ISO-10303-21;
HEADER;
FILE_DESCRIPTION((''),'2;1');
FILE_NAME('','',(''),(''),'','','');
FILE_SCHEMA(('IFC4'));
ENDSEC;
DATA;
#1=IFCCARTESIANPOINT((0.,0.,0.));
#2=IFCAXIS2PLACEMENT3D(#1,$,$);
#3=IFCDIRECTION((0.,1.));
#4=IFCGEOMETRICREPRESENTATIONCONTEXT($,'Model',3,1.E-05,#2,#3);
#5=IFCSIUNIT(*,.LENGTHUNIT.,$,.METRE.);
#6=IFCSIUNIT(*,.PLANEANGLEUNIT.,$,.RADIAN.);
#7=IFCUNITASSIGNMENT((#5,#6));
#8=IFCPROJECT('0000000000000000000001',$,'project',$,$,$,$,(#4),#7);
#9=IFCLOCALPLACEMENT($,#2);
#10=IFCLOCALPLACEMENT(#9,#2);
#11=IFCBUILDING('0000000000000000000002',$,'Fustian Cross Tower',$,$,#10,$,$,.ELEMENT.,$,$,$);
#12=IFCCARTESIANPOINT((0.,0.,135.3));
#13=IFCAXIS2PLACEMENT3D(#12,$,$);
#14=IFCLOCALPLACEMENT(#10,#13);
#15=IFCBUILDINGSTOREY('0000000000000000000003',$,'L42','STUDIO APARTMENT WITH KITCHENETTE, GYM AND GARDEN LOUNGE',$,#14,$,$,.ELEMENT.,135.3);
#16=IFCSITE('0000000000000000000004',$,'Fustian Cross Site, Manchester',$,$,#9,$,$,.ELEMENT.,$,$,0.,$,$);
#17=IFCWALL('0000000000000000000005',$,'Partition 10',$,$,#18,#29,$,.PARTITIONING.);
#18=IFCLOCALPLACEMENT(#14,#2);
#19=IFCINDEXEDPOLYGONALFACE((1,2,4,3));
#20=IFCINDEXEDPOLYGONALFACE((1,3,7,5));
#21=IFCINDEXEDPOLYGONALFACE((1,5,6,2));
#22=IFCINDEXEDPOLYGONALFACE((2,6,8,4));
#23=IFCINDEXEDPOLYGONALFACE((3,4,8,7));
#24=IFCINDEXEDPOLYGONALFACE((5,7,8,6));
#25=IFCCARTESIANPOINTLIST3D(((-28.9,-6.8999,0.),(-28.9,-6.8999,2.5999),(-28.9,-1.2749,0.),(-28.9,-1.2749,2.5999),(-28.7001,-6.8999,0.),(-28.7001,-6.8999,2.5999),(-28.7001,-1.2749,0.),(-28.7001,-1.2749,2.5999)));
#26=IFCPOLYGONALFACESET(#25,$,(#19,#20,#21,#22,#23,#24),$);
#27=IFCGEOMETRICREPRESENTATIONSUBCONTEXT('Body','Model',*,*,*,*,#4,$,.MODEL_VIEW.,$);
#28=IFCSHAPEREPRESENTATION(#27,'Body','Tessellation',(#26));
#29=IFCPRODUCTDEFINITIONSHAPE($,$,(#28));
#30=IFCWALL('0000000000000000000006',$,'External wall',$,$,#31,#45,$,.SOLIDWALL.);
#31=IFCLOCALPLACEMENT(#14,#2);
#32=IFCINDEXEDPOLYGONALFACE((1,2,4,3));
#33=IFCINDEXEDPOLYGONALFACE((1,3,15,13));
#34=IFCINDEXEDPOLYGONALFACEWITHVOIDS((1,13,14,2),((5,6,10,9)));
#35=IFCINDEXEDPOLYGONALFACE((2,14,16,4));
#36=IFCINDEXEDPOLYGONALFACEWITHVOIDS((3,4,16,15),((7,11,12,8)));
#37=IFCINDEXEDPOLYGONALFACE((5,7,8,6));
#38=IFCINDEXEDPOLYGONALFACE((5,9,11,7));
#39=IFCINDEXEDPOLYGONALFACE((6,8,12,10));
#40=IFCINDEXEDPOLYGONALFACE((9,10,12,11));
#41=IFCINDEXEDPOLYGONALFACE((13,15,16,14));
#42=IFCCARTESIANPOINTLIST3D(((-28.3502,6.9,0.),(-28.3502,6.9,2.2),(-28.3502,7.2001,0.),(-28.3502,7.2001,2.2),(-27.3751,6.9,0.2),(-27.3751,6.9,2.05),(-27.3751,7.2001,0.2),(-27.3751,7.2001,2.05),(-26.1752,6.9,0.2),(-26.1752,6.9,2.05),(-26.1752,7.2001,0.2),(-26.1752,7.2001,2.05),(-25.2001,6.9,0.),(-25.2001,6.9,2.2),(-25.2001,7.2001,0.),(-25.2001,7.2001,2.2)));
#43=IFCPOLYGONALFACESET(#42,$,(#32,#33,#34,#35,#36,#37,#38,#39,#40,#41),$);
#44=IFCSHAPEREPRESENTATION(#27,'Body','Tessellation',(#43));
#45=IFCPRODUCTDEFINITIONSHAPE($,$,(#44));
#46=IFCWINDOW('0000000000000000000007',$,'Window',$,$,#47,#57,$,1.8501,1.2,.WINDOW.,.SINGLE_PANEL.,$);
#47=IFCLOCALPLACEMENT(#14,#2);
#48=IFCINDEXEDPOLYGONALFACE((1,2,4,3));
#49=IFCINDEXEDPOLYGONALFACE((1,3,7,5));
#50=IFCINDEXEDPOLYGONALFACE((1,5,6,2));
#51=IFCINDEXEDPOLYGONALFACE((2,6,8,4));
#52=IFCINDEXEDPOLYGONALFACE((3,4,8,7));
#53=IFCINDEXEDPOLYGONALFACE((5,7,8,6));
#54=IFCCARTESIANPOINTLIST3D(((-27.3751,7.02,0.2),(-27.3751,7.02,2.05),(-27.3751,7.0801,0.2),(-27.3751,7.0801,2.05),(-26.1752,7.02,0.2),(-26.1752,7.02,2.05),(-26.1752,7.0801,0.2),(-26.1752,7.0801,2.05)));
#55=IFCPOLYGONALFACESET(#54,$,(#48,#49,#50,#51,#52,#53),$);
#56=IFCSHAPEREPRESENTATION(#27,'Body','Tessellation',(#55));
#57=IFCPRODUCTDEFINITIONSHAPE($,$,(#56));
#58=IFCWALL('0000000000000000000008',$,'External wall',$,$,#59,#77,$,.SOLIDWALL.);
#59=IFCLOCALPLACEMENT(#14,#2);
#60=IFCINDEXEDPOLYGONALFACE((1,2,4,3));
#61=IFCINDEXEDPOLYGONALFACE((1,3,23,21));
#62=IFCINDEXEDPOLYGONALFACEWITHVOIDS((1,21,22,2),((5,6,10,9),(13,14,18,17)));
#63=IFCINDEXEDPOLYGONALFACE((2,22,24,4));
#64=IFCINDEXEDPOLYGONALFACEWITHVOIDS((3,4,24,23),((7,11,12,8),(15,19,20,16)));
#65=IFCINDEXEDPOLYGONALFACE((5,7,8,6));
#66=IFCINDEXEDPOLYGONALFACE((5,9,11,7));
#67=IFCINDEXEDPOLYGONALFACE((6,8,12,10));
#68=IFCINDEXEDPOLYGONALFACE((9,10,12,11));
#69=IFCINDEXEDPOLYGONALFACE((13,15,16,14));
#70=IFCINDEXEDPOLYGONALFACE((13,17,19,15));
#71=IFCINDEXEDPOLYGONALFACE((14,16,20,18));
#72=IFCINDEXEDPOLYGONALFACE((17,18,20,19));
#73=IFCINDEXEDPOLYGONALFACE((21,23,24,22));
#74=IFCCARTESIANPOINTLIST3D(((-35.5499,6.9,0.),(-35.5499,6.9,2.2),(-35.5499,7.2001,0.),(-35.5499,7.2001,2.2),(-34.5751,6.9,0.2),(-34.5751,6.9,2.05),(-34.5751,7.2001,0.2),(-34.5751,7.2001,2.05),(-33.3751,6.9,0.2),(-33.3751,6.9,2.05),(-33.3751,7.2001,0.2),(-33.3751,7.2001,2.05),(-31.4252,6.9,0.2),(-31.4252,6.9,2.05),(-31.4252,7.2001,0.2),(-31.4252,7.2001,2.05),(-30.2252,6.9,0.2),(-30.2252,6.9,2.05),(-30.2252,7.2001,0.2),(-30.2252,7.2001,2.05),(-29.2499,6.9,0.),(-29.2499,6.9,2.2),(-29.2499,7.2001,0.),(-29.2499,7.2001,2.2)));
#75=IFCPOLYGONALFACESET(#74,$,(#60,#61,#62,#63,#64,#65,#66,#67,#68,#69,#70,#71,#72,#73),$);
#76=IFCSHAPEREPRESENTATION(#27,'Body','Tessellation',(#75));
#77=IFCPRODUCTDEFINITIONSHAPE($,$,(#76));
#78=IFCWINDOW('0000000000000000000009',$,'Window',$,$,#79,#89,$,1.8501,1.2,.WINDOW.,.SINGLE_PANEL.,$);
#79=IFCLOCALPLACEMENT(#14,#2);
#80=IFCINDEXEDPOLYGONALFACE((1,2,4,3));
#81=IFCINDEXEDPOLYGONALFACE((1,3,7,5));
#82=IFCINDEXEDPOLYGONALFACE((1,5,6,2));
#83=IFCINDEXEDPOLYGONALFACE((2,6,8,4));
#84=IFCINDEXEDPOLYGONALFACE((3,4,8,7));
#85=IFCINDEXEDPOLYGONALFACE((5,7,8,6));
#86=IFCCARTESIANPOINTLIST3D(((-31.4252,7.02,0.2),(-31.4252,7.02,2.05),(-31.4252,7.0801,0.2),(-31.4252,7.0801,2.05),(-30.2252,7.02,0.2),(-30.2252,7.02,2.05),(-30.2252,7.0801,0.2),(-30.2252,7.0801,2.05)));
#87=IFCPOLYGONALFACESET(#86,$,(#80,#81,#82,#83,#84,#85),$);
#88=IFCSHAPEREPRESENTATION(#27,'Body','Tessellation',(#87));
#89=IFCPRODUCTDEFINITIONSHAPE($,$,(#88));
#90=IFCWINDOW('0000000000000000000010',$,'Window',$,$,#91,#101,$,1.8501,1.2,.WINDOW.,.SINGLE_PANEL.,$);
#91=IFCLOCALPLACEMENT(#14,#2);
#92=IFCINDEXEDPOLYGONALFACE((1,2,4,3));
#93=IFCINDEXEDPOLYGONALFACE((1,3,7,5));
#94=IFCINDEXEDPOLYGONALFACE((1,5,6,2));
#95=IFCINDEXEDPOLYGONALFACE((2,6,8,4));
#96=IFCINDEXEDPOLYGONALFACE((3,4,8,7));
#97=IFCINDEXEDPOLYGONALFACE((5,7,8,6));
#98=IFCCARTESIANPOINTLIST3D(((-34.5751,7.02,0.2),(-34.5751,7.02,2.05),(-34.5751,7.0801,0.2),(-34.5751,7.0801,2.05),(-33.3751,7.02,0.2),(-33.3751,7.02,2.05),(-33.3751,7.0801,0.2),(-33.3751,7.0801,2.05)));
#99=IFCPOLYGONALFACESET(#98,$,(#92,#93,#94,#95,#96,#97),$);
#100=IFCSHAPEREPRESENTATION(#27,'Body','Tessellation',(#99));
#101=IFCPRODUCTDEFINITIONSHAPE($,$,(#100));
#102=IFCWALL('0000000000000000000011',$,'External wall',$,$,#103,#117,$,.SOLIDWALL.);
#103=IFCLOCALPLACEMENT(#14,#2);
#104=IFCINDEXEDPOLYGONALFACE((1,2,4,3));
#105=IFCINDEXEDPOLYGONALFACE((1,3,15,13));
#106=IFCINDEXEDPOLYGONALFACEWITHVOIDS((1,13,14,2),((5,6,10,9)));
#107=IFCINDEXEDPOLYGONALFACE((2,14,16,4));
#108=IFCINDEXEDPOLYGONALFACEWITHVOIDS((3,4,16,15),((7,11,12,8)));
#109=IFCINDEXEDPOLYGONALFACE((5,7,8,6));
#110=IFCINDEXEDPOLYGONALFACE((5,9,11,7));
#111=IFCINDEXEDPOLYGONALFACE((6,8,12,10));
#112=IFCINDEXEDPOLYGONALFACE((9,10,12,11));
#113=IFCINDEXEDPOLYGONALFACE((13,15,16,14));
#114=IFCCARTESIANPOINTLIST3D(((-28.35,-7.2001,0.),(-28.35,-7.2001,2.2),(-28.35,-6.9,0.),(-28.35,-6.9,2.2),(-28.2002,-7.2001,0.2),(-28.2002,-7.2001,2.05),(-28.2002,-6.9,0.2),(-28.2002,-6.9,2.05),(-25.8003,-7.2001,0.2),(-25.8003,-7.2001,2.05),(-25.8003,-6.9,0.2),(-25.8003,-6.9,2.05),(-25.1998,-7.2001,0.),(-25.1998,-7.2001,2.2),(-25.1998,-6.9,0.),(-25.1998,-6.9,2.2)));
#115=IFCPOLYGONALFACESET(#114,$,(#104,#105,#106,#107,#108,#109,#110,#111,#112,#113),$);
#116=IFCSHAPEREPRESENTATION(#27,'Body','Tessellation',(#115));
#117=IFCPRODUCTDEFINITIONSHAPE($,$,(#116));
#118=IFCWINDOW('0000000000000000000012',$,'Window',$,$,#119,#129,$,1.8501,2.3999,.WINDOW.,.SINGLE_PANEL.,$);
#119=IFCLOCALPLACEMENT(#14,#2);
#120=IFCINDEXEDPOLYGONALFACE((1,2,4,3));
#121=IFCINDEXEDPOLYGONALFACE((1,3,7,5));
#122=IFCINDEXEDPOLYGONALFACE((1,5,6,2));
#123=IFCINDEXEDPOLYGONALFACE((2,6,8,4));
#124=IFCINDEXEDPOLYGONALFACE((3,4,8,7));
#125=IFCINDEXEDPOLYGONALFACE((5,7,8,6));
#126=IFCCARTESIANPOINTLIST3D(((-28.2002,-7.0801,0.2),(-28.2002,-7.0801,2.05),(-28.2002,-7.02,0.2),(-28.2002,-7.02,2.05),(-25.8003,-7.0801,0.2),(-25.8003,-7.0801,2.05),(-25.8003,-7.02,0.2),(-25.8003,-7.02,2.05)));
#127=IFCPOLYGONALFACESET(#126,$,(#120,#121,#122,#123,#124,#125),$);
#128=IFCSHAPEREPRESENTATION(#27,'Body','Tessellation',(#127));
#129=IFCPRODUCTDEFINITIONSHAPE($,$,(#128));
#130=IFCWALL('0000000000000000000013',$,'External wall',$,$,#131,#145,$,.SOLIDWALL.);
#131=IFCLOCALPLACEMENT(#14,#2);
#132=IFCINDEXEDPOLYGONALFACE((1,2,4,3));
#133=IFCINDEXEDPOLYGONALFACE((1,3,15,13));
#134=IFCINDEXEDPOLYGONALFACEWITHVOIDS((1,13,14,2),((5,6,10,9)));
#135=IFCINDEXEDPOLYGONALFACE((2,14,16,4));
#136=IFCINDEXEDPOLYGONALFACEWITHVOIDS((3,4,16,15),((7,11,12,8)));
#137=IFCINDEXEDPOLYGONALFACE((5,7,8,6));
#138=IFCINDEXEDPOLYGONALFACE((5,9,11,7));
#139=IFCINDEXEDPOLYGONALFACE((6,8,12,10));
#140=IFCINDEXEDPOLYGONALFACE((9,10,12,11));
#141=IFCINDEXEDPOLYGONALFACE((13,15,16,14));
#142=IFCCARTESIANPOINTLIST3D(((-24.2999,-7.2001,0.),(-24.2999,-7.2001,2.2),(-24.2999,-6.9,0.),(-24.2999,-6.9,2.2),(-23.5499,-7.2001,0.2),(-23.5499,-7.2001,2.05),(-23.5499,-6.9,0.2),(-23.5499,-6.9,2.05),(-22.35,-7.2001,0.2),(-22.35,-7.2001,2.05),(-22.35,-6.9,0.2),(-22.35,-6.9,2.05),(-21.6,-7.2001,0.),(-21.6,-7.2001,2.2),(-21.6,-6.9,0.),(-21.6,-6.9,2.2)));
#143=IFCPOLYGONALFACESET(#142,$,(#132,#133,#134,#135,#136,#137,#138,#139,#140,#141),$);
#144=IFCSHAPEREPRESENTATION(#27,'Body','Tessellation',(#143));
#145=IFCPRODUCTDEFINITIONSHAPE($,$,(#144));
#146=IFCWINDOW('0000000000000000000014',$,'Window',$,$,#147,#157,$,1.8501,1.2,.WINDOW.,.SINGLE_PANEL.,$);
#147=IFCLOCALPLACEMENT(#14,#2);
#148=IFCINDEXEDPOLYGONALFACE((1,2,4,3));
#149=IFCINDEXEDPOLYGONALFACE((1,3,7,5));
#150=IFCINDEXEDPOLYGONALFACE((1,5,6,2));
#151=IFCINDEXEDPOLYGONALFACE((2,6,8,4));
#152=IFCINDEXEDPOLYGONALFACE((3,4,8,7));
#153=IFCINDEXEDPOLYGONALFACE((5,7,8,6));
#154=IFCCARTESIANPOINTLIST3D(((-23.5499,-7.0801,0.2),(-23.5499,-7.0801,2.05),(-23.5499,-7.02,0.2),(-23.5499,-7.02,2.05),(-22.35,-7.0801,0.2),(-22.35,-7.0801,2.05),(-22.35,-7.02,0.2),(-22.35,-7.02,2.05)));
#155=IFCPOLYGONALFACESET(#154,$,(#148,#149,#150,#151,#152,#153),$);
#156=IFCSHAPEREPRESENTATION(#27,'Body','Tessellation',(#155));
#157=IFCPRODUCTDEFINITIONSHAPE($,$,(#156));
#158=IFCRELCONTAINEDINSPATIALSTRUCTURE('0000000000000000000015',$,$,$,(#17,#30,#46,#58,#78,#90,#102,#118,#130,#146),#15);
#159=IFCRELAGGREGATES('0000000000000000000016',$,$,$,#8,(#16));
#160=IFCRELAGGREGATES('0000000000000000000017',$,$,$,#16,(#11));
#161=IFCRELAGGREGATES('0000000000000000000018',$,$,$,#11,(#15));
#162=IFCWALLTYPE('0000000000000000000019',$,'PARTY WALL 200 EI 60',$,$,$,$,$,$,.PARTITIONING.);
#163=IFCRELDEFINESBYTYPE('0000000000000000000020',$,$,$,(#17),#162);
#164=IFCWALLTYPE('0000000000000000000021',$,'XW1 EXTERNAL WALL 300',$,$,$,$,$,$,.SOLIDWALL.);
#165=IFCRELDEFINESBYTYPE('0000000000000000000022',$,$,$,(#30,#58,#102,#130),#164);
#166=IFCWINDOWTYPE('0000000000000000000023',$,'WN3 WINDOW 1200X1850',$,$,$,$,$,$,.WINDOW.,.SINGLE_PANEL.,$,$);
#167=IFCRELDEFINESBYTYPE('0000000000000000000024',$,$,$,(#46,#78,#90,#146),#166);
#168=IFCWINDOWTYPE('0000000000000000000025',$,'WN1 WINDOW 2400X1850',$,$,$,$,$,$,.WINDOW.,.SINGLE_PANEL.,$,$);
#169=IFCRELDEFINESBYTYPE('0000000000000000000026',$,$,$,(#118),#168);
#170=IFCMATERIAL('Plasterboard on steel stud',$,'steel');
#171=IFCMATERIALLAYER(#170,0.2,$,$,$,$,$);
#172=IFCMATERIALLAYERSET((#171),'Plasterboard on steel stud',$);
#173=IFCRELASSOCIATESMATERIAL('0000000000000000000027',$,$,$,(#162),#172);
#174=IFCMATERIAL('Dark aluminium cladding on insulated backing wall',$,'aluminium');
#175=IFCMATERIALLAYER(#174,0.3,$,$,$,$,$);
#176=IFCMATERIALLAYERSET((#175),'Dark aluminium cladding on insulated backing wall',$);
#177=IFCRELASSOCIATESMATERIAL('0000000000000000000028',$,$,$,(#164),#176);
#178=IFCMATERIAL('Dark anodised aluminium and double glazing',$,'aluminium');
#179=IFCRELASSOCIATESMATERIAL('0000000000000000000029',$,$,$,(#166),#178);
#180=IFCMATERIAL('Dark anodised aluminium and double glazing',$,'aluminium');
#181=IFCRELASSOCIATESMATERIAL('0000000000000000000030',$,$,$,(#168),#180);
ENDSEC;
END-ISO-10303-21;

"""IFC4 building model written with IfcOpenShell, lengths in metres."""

from ifc_helpers import new_model, si_unit, direction, frame, frame_2d, origin, place, context, subcontext, project, spatial, rectangle, extrude, material, layer, layer_set, type_object, element, fill, save


model = new_model("IFC4")

# Units and contexts
model_context = context("Model", 3, precision=1e-05, world=origin(), true_north=direction((0.0, 1.0)))
body_context = subcontext(model_context, "Body", "Model", "MODEL_VIEW")
ifc_project = project(units=[si_unit("LENGTHUNIT", "METRE"), si_unit("PLANEANGLEUNIT", "RADIAN")], contexts=[model_context])

# Site, building, storey
site_placement = place(None, origin())
site = spatial("IfcSite", under=ifc_project, at=site_placement, Name="Fustian Cross Site, Manchester", CompositionType="ELEMENT", RefElevation=0.0)
building_placement = place(site_placement, origin())
building = spatial("IfcBuilding", under=site, at=building_placement, Name="Fustian Cross Tower", CompositionType="ELEMENT")
storey_placement = place(building_placement, frame((0.0, 0.0, 135.3)))
storey = spatial("IfcBuildingStorey", under=building, at=storey_placement, Name="L42", Description="STUDIO APARTMENT WITH KITCHENETTE, GYM AND GARDEN LOUNGE", CompositionType="ELEMENT", Elevation=135.3)

# Wall
ifc_material_1 = material(Name="Plasterboard on steel stud", Category="steel")
ifc_layer_1 = layer(ifc_material_1, 0.2)
ifc_layer_set_1 = layer_set([ifc_layer_1], Name="Plasterboard on steel stud")
wall_type_1 = type_object("IfcWallType", Name="PARTY WALL 200 EI 60", PredefinedType="PARTITIONING", material=ifc_layer_set_1)
wall_1_placement = place(storey_placement, frame((-28.8, -6.8999, 0.0), z_axis=(0.0, 0.0, 1.0), x_axis=(0.0, 1.0, 0.0)))
element("IfcWall", 1, at=wall_1_placement, inside=storey, type_object=wall_type_1, Name="Partition 10", PredefinedType="PARTITIONING", context=body_context, shape_type="SweptSolid", body=[
    extrude(rectangle(XDim=5.625, YDim=0.2, at=frame_2d((2.8125, 0.0))), origin(), (0.0, 0.0, 1.0), 2.5999),
])

# Wall, opening, window
ifc_material_2 = material(Name="Dark aluminium cladding on insulated backing wall", Category="aluminium")
ifc_layer_2 = layer(ifc_material_2, 0.3)
ifc_layer_set_2 = layer_set([ifc_layer_2], Name="Dark aluminium cladding on insulated backing wall")
wall_type_2 = type_object("IfcWallType", Name="XW1 EXTERNAL WALL 300", PredefinedType="SOLIDWALL", material=ifc_layer_set_2)
wall_2_placement = place(storey_placement, frame((-25.2, 7.05, 0.0), z_axis=(0.0, 0.0, 1.0), x_axis=(-1.0, 0.0, 0.0)))
wall_2 = element("IfcWall", 2, at=wall_2_placement, inside=storey, type_object=wall_type_2, Name="External wall", PredefinedType="SOLIDWALL", context=body_context, shape_type="SweptSolid", body=[
    extrude(rectangle(XDim=3.1501, YDim=0.3, at=frame_2d((1.5752, 0.0))), origin(), (0.0, 0.0, 1.0), 2.2),
])
opening_1_placement = place(wall_2_placement, frame((0.9751, 0.0, 0.2)))
opening_1 = element("IfcOpeningElement", 3, at=opening_1_placement, cuts=wall_2, PredefinedType="OPENING", context=body_context, shape_type="SweptSolid", body=[
    extrude(rectangle(XDim=1.2, YDim=1.8501, at=frame_2d((0.6001, 0.925))), frame((0.0, 0.1599, 0.0), z_axis=(0.0, -1.0, 0.0), x_axis=(1.0, 0.0, 0.0)), (0.0, 0.0, 1.0), 0.3201),
])
ifc_material_3 = material(Name="Dark anodised aluminium and double glazing", Category="aluminium")
window_type_1 = type_object("IfcWindowType", Name="WN3 WINDOW 1200X1850", PartitioningType="SINGLE_PANEL", PredefinedType="WINDOW", material=ifc_material_3)
window_1_placement = place(opening_1_placement, origin())
window_1 = element("IfcWindow", 4, at=window_1_placement, inside=storey, type_object=window_type_1, Name="Window", OverallHeight=1.8501, OverallWidth=1.2, PartitioningType="SINGLE_PANEL", PredefinedType="WINDOW", context=body_context, shape_type="SweptSolid", body=[
    extrude(rectangle(XDim=1.2, YDim=1.8501, at=frame_2d((0.6001, 0.925))), frame((0.0, 0.03, 0.0), z_axis=(0.0, -1.0, 0.0), x_axis=(1.0, 0.0, 0.0)), (0.0, 0.0, 1.0), 0.0601),
])
fill(opening_1, window_1)

# Wall, openings, windows
wall_3_placement = place(storey_placement, frame((-29.25, 7.05, 0.0), z_axis=(0.0, 0.0, 1.0), x_axis=(-1.0, 0.0, 0.0)))
wall_3 = element("IfcWall", 5, at=wall_3_placement, inside=storey, type_object=wall_type_2, Name="External wall", PredefinedType="SOLIDWALL", context=body_context, shape_type="SweptSolid", body=[
    extrude(rectangle(XDim=6.3, YDim=0.3, at=frame_2d((3.1499, 0.0))), origin(), (0.0, 0.0, 1.0), 2.2),
])
opening_2_placement = place(wall_3_placement, frame((0.9751, 0.0, 0.2)))
opening_2 = element("IfcOpeningElement", 6, at=opening_2_placement, cuts=wall_3, PredefinedType="OPENING", context=body_context, shape_type="SweptSolid", body=[
    extrude(rectangle(XDim=1.2, YDim=1.8501, at=frame_2d((0.6001, 0.925))), frame((0.0, 0.1599, 0.0), z_axis=(0.0, -1.0, 0.0), x_axis=(1.0, 0.0, 0.0)), (0.0, 0.0, 1.0), 0.3201),
])
opening_3_placement = place(wall_3_placement, frame((4.125, 0.0, 0.2)))
opening_3 = element("IfcOpeningElement", 7, at=opening_3_placement, cuts=wall_3, PredefinedType="OPENING", context=body_context, shape_type="SweptSolid", body=[
    extrude(rectangle(XDim=1.2, YDim=1.8501, at=frame_2d((0.6001, 0.925))), frame((0.0, 0.1599, 0.0), z_axis=(0.0, -1.0, 0.0), x_axis=(1.0, 0.0, 0.0)), (0.0, 0.0, 1.0), 0.3201),
])
window_2_placement = place(opening_2_placement, origin())
window_2 = element("IfcWindow", 8, at=window_2_placement, inside=storey, type_object=window_type_1, Name="Window", OverallHeight=1.8501, OverallWidth=1.2, PartitioningType="SINGLE_PANEL", PredefinedType="WINDOW", context=body_context, shape_type="SweptSolid", body=[
    extrude(rectangle(XDim=1.2, YDim=1.8501, at=frame_2d((0.6001, 0.925))), frame((0.0, 0.03, 0.0), z_axis=(0.0, -1.0, 0.0), x_axis=(1.0, 0.0, 0.0)), (0.0, 0.0, 1.0), 0.0601),
])
fill(opening_2, window_2)
window_3_placement = place(opening_3_placement, origin())
window_3 = element("IfcWindow", 9, at=window_3_placement, inside=storey, type_object=window_type_1, Name="Window", OverallHeight=1.8501, OverallWidth=1.2, PartitioningType="SINGLE_PANEL", PredefinedType="WINDOW", context=body_context, shape_type="SweptSolid", body=[
    extrude(rectangle(XDim=1.2, YDim=1.8501, at=frame_2d((0.6001, 0.925))), frame((0.0, 0.03, 0.0), z_axis=(0.0, -1.0, 0.0), x_axis=(1.0, 0.0, 0.0)), (0.0, 0.0, 1.0), 0.0601),
])
fill(opening_3, window_3)

# Walls, openings, windows
wall_4_placement = place(storey_placement, frame((-28.3501, -7.05, 0.0), z_axis=(0.0, 0.0, 1.0), x_axis=(1.0, 0.0, 0.0)))
wall_4 = element("IfcWall", 10, at=wall_4_placement, inside=storey, type_object=wall_type_2, Name="External wall", PredefinedType="SOLIDWALL", context=body_context, shape_type="SweptSolid", body=[
    extrude(rectangle(XDim=3.1501, YDim=0.3, at=frame_2d((1.5752, 0.0))), origin(), (0.0, 0.0, 1.0), 2.2),
])
opening_4_placement = place(wall_4_placement, frame((0.1499, 0.0, 0.2)))
opening_4 = element("IfcOpeningElement", 11, at=opening_4_placement, cuts=wall_4, PredefinedType="OPENING", context=body_context, shape_type="SweptSolid", body=[
    extrude(rectangle(XDim=2.3999, YDim=1.8501, at=frame_2d((1.2, 0.925))), frame((0.0, 0.1599, 0.0), z_axis=(0.0, -1.0, 0.0), x_axis=(1.0, 0.0, 0.0)), (0.0, 0.0, 1.0), 0.3201),
])
ifc_material_4 = material(Name="Dark anodised aluminium and double glazing", Category="aluminium")
window_type_2 = type_object("IfcWindowType", Name="WN1 WINDOW 2400X1850", PartitioningType="SINGLE_PANEL", PredefinedType="WINDOW", material=ifc_material_4)
window_4_placement = place(opening_4_placement, origin())
window_4 = element("IfcWindow", 12, at=window_4_placement, inside=storey, type_object=window_type_2, Name="Window", OverallHeight=1.8501, OverallWidth=2.3999, PartitioningType="SINGLE_PANEL", PredefinedType="WINDOW", context=body_context, shape_type="SweptSolid", body=[
    extrude(rectangle(XDim=2.3999, YDim=1.8501, at=frame_2d((1.2, 0.925))), frame((0.0, 0.03, 0.0), z_axis=(0.0, -1.0, 0.0), x_axis=(1.0, 0.0, 0.0)), (0.0, 0.0, 1.0), 0.0601),
])
fill(opening_4, window_4)
wall_5_placement = place(storey_placement, frame((-24.3, -7.05, 0.0), z_axis=(0.0, 0.0, 1.0), x_axis=(1.0, 0.0, 0.0)))
wall_5 = element("IfcWall", 13, at=wall_5_placement, inside=storey, type_object=wall_type_2, Name="External wall", PredefinedType="SOLIDWALL", context=body_context, shape_type="SweptSolid", body=[
    extrude(rectangle(XDim=2.7, YDim=0.3, at=frame_2d((1.3501, 0.0))), origin(), (0.0, 0.0, 1.0), 2.2),
])
opening_5_placement = place(wall_5_placement, frame((0.75, 0.0, 0.2)))
opening_5 = element("IfcOpeningElement", 14, at=opening_5_placement, cuts=wall_5, PredefinedType="OPENING", context=body_context, shape_type="SweptSolid", body=[
    extrude(rectangle(XDim=1.2, YDim=1.8501, at=frame_2d((0.6001, 0.925))), frame((0.0, 0.1599, 0.0), z_axis=(0.0, -1.0, 0.0), x_axis=(1.0, 0.0, 0.0)), (0.0, 0.0, 1.0), 0.3201),
])
window_5_placement = place(opening_5_placement, origin())
window_5 = element("IfcWindow", 15, at=window_5_placement, inside=storey, type_object=window_type_1, Name="Window", OverallHeight=1.8501, OverallWidth=1.2, PartitioningType="SINGLE_PANEL", PredefinedType="WINDOW", context=body_context, shape_type="SweptSolid", body=[
    extrude(rectangle(XDim=1.2, YDim=1.8501, at=frame_2d((0.6001, 0.925))), frame((0.0, 0.03, 0.0), z_axis=(0.0, -1.0, 0.0), x_axis=(1.0, 0.0, 0.0)), (0.0, 0.0, 1.0), 0.0601),
])
fill(opening_5, window_5)

save(model, "model.ifc")
